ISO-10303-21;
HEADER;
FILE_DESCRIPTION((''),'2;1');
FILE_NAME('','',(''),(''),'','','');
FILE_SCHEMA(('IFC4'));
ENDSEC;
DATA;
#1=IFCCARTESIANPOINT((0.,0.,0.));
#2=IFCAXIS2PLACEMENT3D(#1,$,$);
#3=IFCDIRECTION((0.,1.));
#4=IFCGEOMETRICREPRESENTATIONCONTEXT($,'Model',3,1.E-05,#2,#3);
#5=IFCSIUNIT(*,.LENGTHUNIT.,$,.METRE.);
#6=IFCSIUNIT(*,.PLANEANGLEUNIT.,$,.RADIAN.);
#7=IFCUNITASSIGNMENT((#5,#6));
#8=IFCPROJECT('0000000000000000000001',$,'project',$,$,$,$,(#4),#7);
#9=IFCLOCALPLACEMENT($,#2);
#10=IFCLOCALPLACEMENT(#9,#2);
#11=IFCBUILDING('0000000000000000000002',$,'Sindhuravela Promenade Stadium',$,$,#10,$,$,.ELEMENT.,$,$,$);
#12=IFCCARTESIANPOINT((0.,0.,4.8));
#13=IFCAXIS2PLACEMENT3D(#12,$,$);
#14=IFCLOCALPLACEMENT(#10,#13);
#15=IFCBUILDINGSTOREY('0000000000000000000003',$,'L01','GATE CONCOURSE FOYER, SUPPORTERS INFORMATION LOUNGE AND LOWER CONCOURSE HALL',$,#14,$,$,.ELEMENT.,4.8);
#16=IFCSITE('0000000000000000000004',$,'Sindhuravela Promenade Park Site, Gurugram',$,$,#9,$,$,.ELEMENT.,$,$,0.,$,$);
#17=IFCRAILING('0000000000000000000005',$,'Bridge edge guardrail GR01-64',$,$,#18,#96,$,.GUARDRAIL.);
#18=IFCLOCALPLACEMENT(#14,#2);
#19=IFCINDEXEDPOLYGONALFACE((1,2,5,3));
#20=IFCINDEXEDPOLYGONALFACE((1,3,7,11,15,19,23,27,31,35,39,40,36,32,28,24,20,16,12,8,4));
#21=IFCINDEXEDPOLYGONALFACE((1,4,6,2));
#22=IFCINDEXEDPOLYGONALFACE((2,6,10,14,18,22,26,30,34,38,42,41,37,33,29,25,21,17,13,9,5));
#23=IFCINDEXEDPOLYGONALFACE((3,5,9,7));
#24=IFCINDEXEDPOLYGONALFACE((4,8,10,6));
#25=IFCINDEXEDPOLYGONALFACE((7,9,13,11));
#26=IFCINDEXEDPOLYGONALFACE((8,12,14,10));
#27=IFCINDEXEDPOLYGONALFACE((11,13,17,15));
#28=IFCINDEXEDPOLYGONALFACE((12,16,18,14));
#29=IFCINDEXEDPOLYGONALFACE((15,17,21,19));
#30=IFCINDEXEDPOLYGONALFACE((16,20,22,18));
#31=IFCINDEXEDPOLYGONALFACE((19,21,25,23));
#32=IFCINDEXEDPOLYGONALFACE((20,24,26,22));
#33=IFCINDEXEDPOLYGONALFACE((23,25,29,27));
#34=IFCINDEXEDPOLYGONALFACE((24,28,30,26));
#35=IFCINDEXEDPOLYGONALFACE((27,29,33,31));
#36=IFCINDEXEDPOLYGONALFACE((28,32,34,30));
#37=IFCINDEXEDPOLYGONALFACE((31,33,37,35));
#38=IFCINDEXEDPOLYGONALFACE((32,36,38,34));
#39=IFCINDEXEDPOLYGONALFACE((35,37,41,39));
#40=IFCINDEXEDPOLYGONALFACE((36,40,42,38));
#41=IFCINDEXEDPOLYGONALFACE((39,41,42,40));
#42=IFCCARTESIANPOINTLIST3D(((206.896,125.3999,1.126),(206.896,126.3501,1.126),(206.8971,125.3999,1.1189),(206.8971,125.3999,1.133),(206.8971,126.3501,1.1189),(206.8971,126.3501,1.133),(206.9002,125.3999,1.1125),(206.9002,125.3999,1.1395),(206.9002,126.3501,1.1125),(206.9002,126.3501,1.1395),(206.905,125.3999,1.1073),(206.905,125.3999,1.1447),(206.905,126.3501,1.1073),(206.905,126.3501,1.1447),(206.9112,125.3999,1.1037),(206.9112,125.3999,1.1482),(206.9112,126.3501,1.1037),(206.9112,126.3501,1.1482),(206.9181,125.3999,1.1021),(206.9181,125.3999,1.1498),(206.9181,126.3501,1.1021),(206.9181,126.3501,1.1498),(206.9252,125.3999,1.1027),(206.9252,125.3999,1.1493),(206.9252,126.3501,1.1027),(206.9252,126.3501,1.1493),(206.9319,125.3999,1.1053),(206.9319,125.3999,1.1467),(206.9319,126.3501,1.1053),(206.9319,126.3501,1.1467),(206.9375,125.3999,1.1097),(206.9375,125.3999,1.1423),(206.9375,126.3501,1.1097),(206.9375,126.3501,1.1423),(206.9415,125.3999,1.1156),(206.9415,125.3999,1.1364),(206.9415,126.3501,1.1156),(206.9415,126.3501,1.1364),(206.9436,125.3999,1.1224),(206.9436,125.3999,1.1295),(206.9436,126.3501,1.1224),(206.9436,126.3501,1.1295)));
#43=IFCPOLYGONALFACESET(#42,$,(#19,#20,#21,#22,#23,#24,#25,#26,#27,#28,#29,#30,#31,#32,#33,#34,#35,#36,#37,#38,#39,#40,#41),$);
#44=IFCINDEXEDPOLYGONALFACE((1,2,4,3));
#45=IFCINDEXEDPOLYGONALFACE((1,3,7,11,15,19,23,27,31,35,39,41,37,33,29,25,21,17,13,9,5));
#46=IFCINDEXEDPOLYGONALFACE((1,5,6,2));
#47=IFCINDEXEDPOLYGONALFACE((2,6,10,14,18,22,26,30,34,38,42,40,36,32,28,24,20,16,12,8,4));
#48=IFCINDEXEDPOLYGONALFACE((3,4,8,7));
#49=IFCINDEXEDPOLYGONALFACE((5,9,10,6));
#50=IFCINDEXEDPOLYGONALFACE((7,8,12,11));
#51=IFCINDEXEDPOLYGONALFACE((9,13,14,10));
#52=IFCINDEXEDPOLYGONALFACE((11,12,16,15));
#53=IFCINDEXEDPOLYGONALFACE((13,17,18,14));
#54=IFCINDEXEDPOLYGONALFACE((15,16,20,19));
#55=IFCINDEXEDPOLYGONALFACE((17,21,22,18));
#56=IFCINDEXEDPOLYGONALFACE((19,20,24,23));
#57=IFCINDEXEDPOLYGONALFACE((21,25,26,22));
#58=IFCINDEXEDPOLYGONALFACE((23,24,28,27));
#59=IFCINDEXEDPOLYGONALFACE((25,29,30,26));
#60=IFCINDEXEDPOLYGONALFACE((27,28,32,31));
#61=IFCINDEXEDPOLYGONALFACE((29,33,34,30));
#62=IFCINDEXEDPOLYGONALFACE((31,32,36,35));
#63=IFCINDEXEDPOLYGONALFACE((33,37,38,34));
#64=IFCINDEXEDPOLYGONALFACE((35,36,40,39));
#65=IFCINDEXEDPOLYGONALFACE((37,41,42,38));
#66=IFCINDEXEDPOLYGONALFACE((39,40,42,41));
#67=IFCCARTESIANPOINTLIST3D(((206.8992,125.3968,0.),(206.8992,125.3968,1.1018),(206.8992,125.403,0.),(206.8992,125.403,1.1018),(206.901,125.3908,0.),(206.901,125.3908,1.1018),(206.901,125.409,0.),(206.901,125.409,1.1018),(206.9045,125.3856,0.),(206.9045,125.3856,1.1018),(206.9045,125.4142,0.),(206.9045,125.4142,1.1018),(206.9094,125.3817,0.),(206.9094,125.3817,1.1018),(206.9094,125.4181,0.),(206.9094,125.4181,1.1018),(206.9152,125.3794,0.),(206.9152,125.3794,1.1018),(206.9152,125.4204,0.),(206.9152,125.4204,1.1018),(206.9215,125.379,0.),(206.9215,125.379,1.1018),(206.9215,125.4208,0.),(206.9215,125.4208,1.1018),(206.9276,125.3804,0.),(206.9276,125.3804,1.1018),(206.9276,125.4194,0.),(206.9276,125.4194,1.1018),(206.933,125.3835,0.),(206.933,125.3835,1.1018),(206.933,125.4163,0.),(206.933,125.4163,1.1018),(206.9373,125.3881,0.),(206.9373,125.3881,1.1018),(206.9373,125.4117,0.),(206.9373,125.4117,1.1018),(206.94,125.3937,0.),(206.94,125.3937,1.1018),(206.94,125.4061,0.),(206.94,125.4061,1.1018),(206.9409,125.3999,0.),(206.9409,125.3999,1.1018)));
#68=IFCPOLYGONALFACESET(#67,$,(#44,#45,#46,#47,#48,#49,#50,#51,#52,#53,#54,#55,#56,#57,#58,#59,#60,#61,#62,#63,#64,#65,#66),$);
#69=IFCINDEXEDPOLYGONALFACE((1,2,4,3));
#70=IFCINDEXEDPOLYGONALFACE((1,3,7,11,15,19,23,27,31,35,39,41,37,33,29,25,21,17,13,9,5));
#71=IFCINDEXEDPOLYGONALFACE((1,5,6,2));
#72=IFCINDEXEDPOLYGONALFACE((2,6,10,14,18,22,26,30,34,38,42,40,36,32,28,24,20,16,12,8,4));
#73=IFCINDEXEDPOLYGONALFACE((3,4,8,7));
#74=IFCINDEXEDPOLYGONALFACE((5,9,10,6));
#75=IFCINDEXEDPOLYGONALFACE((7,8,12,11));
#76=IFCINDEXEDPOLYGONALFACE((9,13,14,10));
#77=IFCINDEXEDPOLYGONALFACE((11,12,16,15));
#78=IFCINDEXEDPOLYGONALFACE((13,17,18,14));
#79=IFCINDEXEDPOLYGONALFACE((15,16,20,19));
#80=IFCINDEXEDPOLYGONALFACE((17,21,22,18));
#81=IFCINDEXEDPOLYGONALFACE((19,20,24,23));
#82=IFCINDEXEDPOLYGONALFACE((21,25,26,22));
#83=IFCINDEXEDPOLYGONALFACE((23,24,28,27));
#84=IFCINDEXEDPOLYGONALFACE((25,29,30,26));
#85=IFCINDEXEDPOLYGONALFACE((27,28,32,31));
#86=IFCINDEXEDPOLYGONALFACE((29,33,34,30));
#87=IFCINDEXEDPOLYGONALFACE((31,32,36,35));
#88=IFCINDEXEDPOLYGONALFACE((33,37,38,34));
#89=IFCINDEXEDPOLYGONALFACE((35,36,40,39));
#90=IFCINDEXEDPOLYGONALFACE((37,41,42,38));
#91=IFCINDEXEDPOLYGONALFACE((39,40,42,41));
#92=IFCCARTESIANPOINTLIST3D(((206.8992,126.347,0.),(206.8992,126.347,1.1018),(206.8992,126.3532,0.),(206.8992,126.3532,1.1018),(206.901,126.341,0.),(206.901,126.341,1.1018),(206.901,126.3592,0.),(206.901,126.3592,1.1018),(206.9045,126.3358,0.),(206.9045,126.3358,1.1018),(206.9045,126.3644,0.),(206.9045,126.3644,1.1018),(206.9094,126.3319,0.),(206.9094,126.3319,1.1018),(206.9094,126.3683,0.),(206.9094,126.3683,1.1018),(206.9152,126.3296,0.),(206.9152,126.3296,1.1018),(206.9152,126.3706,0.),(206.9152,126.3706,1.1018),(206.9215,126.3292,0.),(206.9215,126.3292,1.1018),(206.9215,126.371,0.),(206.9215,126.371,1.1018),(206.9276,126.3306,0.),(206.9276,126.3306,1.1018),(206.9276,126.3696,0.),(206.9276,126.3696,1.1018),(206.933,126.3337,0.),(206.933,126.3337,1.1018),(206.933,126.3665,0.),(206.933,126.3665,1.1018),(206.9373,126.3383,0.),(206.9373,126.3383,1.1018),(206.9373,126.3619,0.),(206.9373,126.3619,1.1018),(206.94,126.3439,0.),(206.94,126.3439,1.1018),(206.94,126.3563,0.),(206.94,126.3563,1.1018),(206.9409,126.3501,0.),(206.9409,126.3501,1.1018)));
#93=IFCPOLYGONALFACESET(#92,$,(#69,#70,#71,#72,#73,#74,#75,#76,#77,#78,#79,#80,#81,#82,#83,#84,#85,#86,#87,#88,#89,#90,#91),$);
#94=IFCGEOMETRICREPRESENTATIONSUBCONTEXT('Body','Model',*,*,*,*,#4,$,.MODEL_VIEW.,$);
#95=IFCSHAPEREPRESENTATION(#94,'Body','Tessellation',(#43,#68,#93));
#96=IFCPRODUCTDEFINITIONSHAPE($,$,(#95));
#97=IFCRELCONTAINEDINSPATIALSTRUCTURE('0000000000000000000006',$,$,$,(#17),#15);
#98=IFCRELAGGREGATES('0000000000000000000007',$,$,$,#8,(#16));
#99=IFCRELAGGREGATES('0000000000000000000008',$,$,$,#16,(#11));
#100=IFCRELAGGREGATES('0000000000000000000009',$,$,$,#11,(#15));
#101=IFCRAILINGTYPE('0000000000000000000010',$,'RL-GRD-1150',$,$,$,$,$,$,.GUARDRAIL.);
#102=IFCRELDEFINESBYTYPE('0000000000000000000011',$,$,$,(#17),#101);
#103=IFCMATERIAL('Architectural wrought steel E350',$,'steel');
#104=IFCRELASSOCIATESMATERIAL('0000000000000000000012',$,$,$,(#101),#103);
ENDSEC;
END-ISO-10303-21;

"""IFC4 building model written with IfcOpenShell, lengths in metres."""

from ifc_helpers import new_model, si_unit, direction, frame, origin, origin_2d, place, context, subcontext, project, spatial, circle, extrude, material, type_object, element, save


model = new_model("IFC4")

# Units and contexts
model_context = context("Model", 3, precision=1e-05, world=origin(), true_north=direction((0.0, 1.0)))
body_context = subcontext(model_context, "Body", "Model", "MODEL_VIEW")
ifc_project = project(units=[si_unit("LENGTHUNIT", "METRE"), si_unit("PLANEANGLEUNIT", "RADIAN")], contexts=[model_context])

# Site, building, storey
site_placement = place(None, origin())
site = spatial("IfcSite", under=ifc_project, at=site_placement, Name="Sindhuravela Promenade Park Site, Gurugram", CompositionType="ELEMENT", RefElevation=0.0)
building_placement = place(site_placement, origin())
building = spatial("IfcBuilding", under=site, at=building_placement, Name="Sindhuravela Promenade Stadium", CompositionType="ELEMENT")
storey_placement = place(building_placement, frame((0.0, 0.0, 4.8)))
storey = spatial("IfcBuildingStorey", under=building, at=storey_placement, Name="L01", Description="GATE CONCOURSE FOYER, SUPPORTERS INFORMATION LOUNGE AND LOWER CONCOURSE HALL", CompositionType="ELEMENT", Elevation=4.8)

# Railing
ifc_material_1 = material(Name="Architectural wrought steel E350", Category="steel")
railing_type = type_object("IfcRailingType", Name="RL-GRD-1150", PredefinedType="GUARDRAIL", material=ifc_material_1)
railing_1_placement = place(storey_placement, frame((206.9199, 125.3999, 0.0)))
element("IfcRailing", 1, at=railing_1_placement, inside=storey, type_object=railing_type, Name="Bridge edge guardrail GR01-64", PredefinedType="GUARDRAIL", context=body_context, shape_type="SweptSolid", body=[
    extrude(circle(Radius=0.0239, at=origin_2d()), frame((0.0, 0.0, 1.126), z_axis=(0.0, 1.0, 0.0), x_axis=(-1.0, 0.0, 0.0)), (0.0, 0.0, 1.0), 0.9502),
    extrude(circle(Radius=0.021, at=origin_2d()), origin(), (0.0, 0.0, 1.0), 1.1018),
    extrude(circle(Radius=0.021, at=origin_2d()), frame((0.0, 0.9502, 0.0)), (0.0, 0.0, 1.0), 1.1018),
])

save(model, "model.ifc")
